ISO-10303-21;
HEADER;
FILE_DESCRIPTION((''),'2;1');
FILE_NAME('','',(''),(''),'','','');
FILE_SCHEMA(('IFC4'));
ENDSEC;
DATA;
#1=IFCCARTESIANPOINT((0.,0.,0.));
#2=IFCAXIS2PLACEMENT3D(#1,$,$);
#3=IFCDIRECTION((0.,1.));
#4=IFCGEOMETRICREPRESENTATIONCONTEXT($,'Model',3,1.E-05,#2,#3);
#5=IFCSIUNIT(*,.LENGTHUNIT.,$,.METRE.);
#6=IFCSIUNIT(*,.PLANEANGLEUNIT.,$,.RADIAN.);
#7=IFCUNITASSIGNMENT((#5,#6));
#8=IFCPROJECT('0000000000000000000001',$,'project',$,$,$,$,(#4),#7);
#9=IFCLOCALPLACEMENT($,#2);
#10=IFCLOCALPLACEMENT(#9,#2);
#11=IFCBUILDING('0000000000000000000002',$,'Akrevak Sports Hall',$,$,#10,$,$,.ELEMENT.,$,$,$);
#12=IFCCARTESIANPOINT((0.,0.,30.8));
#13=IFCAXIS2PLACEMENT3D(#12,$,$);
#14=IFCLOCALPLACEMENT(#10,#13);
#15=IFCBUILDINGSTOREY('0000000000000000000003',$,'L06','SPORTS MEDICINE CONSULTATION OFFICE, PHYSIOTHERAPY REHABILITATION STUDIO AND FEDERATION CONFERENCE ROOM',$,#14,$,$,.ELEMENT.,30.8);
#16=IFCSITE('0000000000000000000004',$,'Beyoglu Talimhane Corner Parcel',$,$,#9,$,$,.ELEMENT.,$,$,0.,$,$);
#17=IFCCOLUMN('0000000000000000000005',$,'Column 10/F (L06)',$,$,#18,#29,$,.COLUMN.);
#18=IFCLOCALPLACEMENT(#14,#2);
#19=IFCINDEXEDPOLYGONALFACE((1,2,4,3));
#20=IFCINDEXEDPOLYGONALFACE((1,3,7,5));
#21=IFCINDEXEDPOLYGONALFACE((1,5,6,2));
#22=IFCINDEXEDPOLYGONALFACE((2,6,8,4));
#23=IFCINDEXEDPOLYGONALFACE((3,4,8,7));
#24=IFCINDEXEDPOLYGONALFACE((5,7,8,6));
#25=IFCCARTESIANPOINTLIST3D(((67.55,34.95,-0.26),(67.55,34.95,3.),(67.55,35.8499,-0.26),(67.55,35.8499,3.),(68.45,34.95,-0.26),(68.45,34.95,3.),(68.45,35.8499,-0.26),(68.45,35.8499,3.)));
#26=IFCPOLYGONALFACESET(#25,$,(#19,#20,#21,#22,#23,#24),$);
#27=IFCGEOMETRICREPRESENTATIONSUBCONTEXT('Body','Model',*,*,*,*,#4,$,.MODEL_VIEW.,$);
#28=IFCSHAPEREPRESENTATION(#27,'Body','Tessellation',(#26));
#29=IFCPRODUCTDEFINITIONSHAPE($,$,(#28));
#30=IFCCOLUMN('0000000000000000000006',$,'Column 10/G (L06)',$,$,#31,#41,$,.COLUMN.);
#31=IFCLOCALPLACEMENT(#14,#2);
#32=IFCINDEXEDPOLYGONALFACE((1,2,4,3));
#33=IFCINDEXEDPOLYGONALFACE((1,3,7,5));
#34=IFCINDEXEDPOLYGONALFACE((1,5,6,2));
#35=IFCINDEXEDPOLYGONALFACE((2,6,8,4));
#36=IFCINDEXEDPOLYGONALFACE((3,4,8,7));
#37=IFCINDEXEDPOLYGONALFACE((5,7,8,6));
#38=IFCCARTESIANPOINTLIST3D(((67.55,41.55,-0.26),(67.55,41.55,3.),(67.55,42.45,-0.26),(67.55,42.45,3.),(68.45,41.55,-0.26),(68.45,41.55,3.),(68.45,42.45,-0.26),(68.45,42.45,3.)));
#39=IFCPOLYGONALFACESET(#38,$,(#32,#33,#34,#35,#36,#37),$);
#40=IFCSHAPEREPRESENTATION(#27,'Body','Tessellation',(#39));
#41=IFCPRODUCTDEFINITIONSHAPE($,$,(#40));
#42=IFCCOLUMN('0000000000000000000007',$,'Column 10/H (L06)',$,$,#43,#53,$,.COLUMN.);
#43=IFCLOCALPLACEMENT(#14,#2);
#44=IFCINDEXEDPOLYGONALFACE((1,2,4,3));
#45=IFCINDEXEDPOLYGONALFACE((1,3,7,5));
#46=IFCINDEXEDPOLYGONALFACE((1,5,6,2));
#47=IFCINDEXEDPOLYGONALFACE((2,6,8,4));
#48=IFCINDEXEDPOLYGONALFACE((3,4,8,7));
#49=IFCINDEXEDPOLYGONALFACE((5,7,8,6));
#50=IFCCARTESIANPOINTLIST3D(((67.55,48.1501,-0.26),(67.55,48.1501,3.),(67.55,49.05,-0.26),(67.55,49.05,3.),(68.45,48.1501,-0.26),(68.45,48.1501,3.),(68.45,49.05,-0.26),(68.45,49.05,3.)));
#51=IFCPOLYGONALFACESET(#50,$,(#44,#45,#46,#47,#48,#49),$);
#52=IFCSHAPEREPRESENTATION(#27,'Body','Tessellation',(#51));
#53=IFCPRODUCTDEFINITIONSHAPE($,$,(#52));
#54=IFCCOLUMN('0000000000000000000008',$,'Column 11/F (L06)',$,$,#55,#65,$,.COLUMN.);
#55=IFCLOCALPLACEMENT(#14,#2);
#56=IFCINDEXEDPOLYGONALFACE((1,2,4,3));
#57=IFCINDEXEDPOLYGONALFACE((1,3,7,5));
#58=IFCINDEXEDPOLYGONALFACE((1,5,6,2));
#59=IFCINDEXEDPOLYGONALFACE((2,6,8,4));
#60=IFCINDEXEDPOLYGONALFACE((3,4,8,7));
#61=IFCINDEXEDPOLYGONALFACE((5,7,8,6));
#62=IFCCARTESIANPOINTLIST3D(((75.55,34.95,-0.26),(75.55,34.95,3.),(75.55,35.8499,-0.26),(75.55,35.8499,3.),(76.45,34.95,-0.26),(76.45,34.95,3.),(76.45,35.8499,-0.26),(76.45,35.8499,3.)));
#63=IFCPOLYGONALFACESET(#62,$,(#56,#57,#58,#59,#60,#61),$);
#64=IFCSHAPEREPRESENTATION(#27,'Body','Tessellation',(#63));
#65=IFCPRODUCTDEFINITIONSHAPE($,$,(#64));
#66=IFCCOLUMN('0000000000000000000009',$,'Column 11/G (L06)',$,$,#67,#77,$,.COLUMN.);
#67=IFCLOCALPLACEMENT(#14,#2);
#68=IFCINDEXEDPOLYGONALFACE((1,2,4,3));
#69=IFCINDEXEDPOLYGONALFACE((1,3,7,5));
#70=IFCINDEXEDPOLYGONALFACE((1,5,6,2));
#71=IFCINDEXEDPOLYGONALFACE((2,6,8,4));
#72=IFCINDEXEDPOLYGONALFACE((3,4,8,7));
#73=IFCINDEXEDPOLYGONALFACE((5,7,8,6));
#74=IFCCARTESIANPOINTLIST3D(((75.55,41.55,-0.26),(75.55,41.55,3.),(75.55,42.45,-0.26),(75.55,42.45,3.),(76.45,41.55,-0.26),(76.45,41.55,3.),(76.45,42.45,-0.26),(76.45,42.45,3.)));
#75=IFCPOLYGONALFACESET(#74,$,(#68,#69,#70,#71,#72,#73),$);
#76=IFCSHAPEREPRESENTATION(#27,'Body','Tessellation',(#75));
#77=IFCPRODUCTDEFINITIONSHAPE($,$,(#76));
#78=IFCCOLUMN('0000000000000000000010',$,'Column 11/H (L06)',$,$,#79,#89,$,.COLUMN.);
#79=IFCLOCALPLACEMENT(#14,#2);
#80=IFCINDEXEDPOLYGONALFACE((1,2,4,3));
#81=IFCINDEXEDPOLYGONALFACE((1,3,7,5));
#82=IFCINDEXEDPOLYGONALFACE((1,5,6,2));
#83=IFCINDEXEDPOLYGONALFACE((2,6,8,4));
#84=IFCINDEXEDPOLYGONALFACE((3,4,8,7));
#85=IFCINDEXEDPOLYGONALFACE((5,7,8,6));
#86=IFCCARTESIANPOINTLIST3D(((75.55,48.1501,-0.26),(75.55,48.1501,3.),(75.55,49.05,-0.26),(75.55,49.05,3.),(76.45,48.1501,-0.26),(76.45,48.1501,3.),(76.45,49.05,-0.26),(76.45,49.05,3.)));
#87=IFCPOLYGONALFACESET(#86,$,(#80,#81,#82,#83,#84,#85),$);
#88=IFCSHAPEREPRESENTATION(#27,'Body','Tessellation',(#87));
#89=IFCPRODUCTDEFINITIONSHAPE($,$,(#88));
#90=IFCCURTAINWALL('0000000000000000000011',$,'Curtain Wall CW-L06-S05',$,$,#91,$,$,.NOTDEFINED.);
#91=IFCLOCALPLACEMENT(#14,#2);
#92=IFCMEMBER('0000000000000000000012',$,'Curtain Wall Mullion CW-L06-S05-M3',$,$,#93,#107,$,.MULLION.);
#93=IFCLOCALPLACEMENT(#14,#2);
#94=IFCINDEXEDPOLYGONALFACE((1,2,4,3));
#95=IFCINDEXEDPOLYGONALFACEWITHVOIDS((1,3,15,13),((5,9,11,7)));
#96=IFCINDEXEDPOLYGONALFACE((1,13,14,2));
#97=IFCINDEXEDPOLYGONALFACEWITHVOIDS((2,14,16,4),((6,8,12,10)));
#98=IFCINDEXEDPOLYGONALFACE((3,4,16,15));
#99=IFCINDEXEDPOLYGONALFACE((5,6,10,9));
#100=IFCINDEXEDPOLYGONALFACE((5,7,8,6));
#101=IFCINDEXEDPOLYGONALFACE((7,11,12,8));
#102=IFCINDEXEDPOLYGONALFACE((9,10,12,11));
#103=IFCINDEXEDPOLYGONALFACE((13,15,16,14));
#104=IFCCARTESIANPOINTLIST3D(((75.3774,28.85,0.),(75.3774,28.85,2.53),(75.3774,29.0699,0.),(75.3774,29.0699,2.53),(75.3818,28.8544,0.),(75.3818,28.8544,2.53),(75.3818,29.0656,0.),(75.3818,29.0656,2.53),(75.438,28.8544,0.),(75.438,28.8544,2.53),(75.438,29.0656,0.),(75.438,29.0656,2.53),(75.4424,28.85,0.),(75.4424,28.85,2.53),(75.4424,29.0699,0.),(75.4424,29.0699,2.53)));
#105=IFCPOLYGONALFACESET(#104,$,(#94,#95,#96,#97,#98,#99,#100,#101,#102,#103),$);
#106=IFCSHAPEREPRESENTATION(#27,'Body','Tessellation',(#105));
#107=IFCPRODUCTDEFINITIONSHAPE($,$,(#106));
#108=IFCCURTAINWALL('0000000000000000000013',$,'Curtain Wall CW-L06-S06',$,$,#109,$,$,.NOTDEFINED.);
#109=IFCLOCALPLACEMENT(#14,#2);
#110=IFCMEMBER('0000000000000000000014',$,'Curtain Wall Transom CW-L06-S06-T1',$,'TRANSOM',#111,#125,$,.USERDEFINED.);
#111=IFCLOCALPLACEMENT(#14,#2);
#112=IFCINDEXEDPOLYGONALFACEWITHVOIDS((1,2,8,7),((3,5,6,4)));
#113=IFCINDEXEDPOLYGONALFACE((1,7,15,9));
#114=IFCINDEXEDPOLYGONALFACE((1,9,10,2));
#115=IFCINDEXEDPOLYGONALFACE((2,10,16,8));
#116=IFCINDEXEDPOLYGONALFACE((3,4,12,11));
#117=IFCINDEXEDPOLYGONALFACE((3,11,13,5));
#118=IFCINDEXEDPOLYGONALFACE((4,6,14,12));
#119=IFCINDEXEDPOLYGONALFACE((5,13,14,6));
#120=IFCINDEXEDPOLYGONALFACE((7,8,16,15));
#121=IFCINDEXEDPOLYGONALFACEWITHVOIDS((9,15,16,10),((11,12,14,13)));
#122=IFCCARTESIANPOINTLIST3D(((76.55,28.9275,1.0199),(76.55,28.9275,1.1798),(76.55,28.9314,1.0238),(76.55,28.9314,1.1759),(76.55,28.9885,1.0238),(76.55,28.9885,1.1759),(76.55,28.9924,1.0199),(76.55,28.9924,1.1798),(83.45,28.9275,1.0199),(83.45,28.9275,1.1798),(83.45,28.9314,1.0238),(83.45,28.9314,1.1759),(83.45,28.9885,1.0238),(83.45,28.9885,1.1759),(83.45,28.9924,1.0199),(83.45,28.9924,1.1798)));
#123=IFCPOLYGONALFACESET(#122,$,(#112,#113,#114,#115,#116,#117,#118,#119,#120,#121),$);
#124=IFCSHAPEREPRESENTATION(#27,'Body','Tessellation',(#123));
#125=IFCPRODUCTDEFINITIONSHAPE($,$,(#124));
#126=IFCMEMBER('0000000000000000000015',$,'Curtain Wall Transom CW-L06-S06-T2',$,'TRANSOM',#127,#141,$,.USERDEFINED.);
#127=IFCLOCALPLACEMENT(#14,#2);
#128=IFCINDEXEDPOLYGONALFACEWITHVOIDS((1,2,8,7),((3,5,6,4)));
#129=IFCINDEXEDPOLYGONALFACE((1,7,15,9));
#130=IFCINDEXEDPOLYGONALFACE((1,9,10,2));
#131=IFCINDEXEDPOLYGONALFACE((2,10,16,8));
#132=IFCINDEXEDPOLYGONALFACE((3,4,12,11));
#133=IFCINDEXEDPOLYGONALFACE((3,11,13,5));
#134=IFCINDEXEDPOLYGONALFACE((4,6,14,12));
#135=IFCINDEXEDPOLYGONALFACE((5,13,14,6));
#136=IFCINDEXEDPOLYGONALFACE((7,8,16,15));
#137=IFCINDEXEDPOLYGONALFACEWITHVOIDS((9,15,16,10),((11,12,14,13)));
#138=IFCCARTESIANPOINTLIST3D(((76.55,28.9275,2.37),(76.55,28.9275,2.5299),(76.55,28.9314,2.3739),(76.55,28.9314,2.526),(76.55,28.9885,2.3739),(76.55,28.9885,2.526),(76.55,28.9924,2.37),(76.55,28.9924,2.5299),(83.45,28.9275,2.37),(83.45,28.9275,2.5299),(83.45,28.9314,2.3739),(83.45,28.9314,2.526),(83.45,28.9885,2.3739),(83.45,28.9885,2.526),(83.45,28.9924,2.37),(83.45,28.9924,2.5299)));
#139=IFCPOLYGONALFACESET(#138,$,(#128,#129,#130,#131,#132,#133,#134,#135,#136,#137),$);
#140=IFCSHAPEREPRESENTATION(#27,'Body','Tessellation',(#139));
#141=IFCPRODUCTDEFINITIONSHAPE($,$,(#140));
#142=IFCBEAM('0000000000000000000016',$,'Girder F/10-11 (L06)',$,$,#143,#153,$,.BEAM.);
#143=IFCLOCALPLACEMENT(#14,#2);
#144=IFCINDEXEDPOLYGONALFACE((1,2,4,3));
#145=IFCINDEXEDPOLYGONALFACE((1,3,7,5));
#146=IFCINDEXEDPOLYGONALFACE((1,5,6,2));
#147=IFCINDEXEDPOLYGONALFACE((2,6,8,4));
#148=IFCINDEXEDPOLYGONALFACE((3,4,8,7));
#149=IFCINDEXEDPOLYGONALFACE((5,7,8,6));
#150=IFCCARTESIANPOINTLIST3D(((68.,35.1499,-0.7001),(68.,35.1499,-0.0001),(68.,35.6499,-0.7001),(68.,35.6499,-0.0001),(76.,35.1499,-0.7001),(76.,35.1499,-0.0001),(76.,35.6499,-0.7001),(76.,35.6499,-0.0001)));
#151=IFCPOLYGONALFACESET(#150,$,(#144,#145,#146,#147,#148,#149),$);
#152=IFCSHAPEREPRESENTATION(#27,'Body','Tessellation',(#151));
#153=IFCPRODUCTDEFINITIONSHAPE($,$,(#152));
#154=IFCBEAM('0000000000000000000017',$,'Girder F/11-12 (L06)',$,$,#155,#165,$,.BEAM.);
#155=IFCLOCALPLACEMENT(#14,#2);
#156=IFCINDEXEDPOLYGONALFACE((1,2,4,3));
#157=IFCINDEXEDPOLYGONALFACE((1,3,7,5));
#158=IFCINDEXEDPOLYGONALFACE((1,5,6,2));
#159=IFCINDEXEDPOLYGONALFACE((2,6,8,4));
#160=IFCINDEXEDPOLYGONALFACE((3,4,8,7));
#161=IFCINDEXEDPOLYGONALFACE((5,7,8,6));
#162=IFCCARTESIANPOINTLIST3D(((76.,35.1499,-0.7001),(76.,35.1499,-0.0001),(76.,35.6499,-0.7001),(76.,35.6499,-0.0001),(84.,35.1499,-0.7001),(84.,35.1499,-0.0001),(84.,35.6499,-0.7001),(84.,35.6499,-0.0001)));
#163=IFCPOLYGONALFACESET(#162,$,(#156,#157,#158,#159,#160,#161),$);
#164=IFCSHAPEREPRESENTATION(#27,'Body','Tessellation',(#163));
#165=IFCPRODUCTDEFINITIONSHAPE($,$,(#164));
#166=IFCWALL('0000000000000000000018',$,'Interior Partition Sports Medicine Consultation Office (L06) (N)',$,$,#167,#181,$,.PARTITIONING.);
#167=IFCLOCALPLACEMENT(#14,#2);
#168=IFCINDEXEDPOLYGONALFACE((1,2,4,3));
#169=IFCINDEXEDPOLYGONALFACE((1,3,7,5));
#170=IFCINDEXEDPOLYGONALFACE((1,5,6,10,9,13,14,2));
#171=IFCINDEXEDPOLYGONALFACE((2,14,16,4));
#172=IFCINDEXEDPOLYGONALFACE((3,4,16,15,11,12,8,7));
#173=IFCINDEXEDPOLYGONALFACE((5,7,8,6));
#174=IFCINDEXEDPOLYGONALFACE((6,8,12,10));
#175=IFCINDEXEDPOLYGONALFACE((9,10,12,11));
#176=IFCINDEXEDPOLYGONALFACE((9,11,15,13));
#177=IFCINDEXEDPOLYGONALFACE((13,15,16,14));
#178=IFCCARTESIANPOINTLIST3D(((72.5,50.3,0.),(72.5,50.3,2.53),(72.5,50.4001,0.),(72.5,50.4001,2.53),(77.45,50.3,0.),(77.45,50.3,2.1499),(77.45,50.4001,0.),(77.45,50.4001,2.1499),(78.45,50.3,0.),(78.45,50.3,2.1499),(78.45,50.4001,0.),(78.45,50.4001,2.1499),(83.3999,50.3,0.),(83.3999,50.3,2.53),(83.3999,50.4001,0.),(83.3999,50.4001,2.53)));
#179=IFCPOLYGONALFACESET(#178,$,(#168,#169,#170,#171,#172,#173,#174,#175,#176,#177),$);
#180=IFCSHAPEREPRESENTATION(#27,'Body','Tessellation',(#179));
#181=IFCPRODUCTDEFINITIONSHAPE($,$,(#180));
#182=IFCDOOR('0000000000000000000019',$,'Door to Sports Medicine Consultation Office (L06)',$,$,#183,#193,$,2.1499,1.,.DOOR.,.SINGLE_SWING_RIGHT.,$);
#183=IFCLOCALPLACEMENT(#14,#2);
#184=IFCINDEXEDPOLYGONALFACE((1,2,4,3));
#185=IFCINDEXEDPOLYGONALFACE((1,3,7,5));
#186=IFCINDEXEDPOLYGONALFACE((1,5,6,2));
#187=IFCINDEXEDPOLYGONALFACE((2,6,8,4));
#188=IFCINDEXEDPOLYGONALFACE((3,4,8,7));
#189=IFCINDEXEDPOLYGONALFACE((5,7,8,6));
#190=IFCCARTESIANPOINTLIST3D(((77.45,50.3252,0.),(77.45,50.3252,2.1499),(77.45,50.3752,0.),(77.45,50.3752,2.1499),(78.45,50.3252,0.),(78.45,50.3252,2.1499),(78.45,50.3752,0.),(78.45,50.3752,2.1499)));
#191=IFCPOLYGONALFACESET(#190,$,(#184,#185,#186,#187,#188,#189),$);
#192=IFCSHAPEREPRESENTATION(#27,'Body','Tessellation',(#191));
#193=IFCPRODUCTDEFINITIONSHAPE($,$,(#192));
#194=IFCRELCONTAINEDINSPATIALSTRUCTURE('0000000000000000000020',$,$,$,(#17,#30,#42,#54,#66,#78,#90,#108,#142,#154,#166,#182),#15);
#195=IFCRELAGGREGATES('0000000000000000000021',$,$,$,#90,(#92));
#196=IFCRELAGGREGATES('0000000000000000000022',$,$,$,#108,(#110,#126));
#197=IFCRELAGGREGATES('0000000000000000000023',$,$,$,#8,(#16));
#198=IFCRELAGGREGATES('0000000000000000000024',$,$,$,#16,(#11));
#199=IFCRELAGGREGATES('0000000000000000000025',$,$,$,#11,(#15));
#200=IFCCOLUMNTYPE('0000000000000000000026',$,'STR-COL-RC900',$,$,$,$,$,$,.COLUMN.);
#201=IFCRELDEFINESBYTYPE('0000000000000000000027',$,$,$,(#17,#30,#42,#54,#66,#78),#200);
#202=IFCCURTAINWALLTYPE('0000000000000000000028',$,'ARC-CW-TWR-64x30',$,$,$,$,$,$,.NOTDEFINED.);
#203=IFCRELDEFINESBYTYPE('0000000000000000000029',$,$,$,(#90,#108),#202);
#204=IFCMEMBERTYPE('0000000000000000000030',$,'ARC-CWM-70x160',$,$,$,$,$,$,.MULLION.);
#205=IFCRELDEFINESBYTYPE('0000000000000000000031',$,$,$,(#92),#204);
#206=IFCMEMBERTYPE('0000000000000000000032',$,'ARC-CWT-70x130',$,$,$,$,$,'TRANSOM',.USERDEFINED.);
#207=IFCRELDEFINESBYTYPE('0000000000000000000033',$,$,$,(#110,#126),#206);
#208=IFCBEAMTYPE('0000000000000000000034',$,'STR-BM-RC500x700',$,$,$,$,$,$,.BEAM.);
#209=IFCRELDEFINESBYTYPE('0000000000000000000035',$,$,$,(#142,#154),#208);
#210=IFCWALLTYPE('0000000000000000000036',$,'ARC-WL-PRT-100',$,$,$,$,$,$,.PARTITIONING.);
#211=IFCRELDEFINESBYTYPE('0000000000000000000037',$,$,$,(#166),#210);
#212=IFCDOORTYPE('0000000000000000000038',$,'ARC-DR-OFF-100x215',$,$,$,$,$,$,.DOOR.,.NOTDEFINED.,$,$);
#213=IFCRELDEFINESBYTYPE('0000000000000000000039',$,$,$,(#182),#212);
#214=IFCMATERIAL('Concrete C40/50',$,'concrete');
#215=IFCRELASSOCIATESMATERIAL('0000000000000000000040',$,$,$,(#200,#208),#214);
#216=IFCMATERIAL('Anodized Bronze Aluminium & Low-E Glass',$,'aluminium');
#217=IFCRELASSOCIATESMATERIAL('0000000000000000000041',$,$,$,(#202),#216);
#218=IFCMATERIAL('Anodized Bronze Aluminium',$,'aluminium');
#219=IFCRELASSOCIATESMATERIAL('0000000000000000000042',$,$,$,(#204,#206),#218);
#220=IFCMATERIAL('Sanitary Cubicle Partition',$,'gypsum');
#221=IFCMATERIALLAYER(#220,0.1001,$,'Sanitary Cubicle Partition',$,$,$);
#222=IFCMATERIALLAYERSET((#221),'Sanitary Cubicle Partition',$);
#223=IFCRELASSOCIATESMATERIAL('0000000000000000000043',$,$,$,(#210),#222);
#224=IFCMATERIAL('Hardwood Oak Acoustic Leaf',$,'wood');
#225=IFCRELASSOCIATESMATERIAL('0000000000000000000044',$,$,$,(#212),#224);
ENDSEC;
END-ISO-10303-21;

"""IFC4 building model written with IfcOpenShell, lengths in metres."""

from ifc_helpers import new_model, si_unit, direction, frame, frame_2d, origin, origin_2d, place, context, subcontext, project, spatial, rectangle, hollow_rectangle, extrude, material, layer, layer_set, material_profile, profile_set, type_object, element, fill, aggregate, save


model = new_model("IFC4")

# Units and contexts
model_context = context("Model", 3, precision=1e-05, world=origin(), true_north=direction((0.0, 1.0)))
body_context = subcontext(model_context, "Body", "Model", "MODEL_VIEW")
ifc_project = project(units=[si_unit("LENGTHUNIT", "METRE"), si_unit("PLANEANGLEUNIT", "RADIAN")], contexts=[model_context])

# Site, building, storey
site_placement = place(None, origin())
site = spatial("IfcSite", under=ifc_project, at=site_placement, Name="Beyoglu Talimhane Corner Parcel", CompositionType="ELEMENT", RefElevation=0.0)
building_placement = place(site_placement, origin())
building = spatial("IfcBuilding", under=site, at=building_placement, Name="Akrevak Sports Hall", CompositionType="ELEMENT")
storey_placement = place(building_placement, frame((0.0, 0.0, 30.8)))
storey = spatial("IfcBuildingStorey", under=building, at=storey_placement, Name="L06", Description="SPORTS MEDICINE CONSULTATION OFFICE, PHYSIOTHERAPY REHABILITATION STUDIO AND FEDERATION CONFERENCE ROOM", CompositionType="ELEMENT", Elevation=30.8)

# Columns
ifc_material_1 = material(Name="Concrete C40/50", Category="concrete")
ifc_material_profile_1 = material_profile(ifc_material_1, rectangle(XDim=0.8999, YDim=0.8999, at=origin_2d()), Name="RC 900x900", Category="concrete")
ifc_profile_set_1 = profile_set([ifc_material_profile_1], Name="Concrete C40/50")
column_type = type_object("IfcColumnType", Name="STR-COL-RC900", PredefinedType="COLUMN", material=ifc_profile_set_1)
for number, where, z_axis, x_axis, name in (
    (1, (68.0, 35.3999, -0.26), (0.0, 0.0, 1.0), (1.0, 0.0, 0.0), "Column 10/F (L06)"),
    (2, (68.0, 42.0, -0.26), (0.0, 0.0, 1.0), (1.0, 0.0, 0.0), "Column 10/G (L06)"),
    (3, (68.0, 48.6001, -0.26), (0.0, 0.0, 1.0), (1.0, 0.0, 0.0), "Column 10/H (L06)"),
    (4, (76.0, 35.3999, -0.26), (0.0, 0.0, 1.0), (1.0, 0.0, 0.0), "Column 11/F (L06)"),
    (5, (76.0, 42.0, -0.26), (0.0, 0.0, 1.0), (1.0, 0.0, 0.0), "Column 11/G (L06)"),
    (6, (76.0, 48.6001, -0.26), (0.0, 0.0, 1.0), (1.0, 0.0, 0.0), "Column 11/H (L06)"),
):
    element("IfcColumn", number, at=place(storey_placement, frame(where, z_axis=z_axis, x_axis=x_axis)), inside=storey, type_object=column_type, Name=name, PredefinedType="COLUMN", context=body_context, shape_type="SweptSolid", body=[
        extrude(rectangle(XDim=0.8999, YDim=0.8999, at=origin_2d()), origin(), (0.0, 0.0, 1.0), 3.26),
    ])

# Curtain wall, member
ifc_material_2 = material(Name="Anodized Bronze Aluminium & Low-E Glass", Category="aluminium")
curtain_wall_type = type_object("IfcCurtainWallType", Name="ARC-CW-TWR-64x30", PredefinedType="NOTDEFINED", material=ifc_material_2)
curtain_wall_1_placement = place(storey_placement, origin())
curtain_wall_1 = element("IfcCurtainWall", 7, at=curtain_wall_1_placement, inside=storey, type_object=curtain_wall_type, Name="Curtain Wall CW-L06-S05", PredefinedType="NOTDEFINED")
ifc_material_3 = material(Name="Anodized Bronze Aluminium", Category="aluminium")
ifc_material_profile_2 = material_profile(ifc_material_3, hollow_rectangle(XDim=0.0649, YDim=0.22, WallThickness=0.0044, at=origin_2d()), Name="CWM 65x220", Category="aluminium")
ifc_profile_set_2 = profile_set([ifc_material_profile_2], Name="Anodized Bronze Aluminium")
member_type_1 = type_object("IfcMemberType", Name="ARC-CWM-70x160", PredefinedType="MULLION", material=ifc_profile_set_2)
member_1_placement = place(storey_placement, frame((75.4099, 28.96, 0.0), z_axis=(0.0, 0.0, 1.0), x_axis=(1.0, 0.0, 0.0)))
member_1 = element("IfcMember", 8, at=member_1_placement, type_object=member_type_1, Name="Curtain Wall Mullion CW-L06-S05-M3", PredefinedType="MULLION", context=body_context, shape_type="SweptSolid", body=[
    extrude(hollow_rectangle(XDim=0.0649, YDim=0.22, WallThickness=0.0044, at=origin_2d()), origin(), (0.0, 0.0, 1.0), 2.53),
])
aggregate(curtain_wall_1, [member_1])

# Curtain wall, members
curtain_wall_2_placement = place(storey_placement, origin())
curtain_wall_2 = element("IfcCurtainWall", 9, at=curtain_wall_2_placement, inside=storey, type_object=curtain_wall_type, Name="Curtain Wall CW-L06-S06", PredefinedType="NOTDEFINED")
ifc_material_profile_3 = material_profile(ifc_material_3, hollow_rectangle(XDim=0.0649, YDim=0.1599, WallThickness=0.0039, at=origin_2d()), Name="CWT 65x160", Category="aluminium")
ifc_profile_set_3 = profile_set([ifc_material_profile_3], Name="Anodized Bronze Aluminium")
member_type_2 = type_object("IfcMemberType", Name="ARC-CWT-70x130", ElementType="TRANSOM", PredefinedType="USERDEFINED", material=ifc_profile_set_3)
member_2_placement = place(storey_placement, frame((76.55, 28.96, 1.0999), z_axis=(1.0, 0.0, 0.0), x_axis=(0.0, 1.0, 0.0)))
member_2 = element("IfcMember", 10, at=member_2_placement, type_object=member_type_2, Name="Curtain Wall Transom CW-L06-S06-T1", ObjectType="TRANSOM", PredefinedType="USERDEFINED", context=body_context, shape_type="SweptSolid", body=[
    extrude(hollow_rectangle(XDim=0.0649, YDim=0.1599, WallThickness=0.0039, at=origin_2d()), origin(), (0.0, 0.0, 1.0), 6.8999),
])
member_3_placement = place(storey_placement, frame((76.55, 28.96, 2.45), z_axis=(1.0, 0.0, 0.0), x_axis=(0.0, 1.0, 0.0)))
member_3 = element("IfcMember", 11, at=member_3_placement, type_object=member_type_2, Name="Curtain Wall Transom CW-L06-S06-T2", ObjectType="TRANSOM", PredefinedType="USERDEFINED", context=body_context, shape_type="SweptSolid", body=[
    extrude(hollow_rectangle(XDim=0.0649, YDim=0.1599, WallThickness=0.0039, at=origin_2d()), origin(), (0.0, 0.0, 1.0), 6.8999),
])
aggregate(curtain_wall_2, [member_2, member_3])

# Beams
ifc_material_profile_4 = material_profile(ifc_material_1, rectangle(XDim=0.5, YDim=0.7, at=origin_2d()), Name="BM 500x700", Category="concrete")
ifc_profile_set_4 = profile_set([ifc_material_profile_4], Name="Concrete C40/50")
beam_type = type_object("IfcBeamType", Name="STR-BM-RC500x700", PredefinedType="BEAM", material=ifc_profile_set_4)
for number, where, z_axis, x_axis, name in (
    (12, (68.0, 35.3999, -0.3501), (1.0, 0.0, 0.0), (0.0, 1.0, 0.0), "Girder F/10-11 (L06)"),
    (13, (76.0, 35.3999, -0.3501), (1.0, 0.0, 0.0), (0.0, 1.0, 0.0), "Girder F/11-12 (L06)"),
):
    element("IfcBeam", number, at=place(storey_placement, frame(where, z_axis=z_axis, x_axis=x_axis)), inside=storey, type_object=beam_type, Name=name, PredefinedType="BEAM", context=body_context, shape_type="SweptSolid", body=[
        extrude(rectangle(XDim=0.5, YDim=0.7, at=origin_2d()), origin(), (0.0, 0.0, 1.0), 8.0),
    ])

# Wall, opening, door
ifc_material_4 = material(Name="Sanitary Cubicle Partition", Category="gypsum")
ifc_layer_1 = layer(ifc_material_4, 0.1001, Name="Sanitary Cubicle Partition")
ifc_layer_set_1 = layer_set([ifc_layer_1], Name="Sanitary Cubicle Partition")
wall_type_1 = type_object("IfcWallType", Name="ARC-WL-PRT-100", PredefinedType="PARTITIONING", material=ifc_layer_set_1)
wall_1_placement = place(storey_placement, frame((72.5, 50.3501, 0.0), z_axis=(0.0, 0.0, 1.0), x_axis=(1.0, 0.0, 0.0)))
wall_1 = element("IfcWall", 14, at=wall_1_placement, inside=storey, type_object=wall_type_1, Name="Interior Partition Sports Medicine Consultation Office (L06) (N)", PredefinedType="PARTITIONING", context=body_context, shape_type="SweptSolid", body=[
    extrude(rectangle(XDim=10.8999, YDim=0.1001, at=frame_2d((5.45, 0.0))), origin(), (0.0, 0.0, 1.0), 2.53),
])
opening_1_placement = place(wall_1_placement, frame((4.95, 0.0, 0.0)))
opening_1 = element("IfcOpeningElement", 15, at=opening_1_placement, cuts=wall_1, PredefinedType="OPENING", context=body_context, shape_type="SweptSolid", body=[
    extrude(rectangle(XDim=1.0, YDim=2.1499, at=frame_2d((0.5, 1.075))), frame((0.0, 0.062, 0.0), z_axis=(0.0, -1.0, 0.0), x_axis=(1.0, 0.0, 0.0)), (0.0, 0.0, 1.0), 0.124),
])
ifc_material_5 = material(Name="Hardwood Oak Acoustic Leaf", Category="wood")
door_type_1 = type_object("IfcDoorType", Name="ARC-DR-OFF-100x215", OperationType="NOTDEFINED", PredefinedType="DOOR", material=ifc_material_5)
door_1_placement = place(opening_1_placement, frame((1.0, 0.0, 0.0), z_axis=(0.0, 0.0, 1.0), x_axis=(-1.0, 0.0, 0.0)))
door_1 = element("IfcDoor", 16, at=door_1_placement, inside=storey, type_object=door_type_1, Name="Door to Sports Medicine Consultation Office (L06)", OperationType="SINGLE_SWING_RIGHT", OverallHeight=2.1499, OverallWidth=1.0, PredefinedType="DOOR", context=body_context, shape_type="SweptSolid", body=[
    extrude(rectangle(XDim=1.0, YDim=2.1499, at=frame_2d((0.5, 1.075))), frame((0.0, 0.0249, 0.0), z_axis=(0.0, -1.0, 0.0), x_axis=(1.0, 0.0, 0.0)), (0.0, 0.0, 1.0), 0.05),
])
fill(opening_1, door_1)

save(model, "model.ifc")
